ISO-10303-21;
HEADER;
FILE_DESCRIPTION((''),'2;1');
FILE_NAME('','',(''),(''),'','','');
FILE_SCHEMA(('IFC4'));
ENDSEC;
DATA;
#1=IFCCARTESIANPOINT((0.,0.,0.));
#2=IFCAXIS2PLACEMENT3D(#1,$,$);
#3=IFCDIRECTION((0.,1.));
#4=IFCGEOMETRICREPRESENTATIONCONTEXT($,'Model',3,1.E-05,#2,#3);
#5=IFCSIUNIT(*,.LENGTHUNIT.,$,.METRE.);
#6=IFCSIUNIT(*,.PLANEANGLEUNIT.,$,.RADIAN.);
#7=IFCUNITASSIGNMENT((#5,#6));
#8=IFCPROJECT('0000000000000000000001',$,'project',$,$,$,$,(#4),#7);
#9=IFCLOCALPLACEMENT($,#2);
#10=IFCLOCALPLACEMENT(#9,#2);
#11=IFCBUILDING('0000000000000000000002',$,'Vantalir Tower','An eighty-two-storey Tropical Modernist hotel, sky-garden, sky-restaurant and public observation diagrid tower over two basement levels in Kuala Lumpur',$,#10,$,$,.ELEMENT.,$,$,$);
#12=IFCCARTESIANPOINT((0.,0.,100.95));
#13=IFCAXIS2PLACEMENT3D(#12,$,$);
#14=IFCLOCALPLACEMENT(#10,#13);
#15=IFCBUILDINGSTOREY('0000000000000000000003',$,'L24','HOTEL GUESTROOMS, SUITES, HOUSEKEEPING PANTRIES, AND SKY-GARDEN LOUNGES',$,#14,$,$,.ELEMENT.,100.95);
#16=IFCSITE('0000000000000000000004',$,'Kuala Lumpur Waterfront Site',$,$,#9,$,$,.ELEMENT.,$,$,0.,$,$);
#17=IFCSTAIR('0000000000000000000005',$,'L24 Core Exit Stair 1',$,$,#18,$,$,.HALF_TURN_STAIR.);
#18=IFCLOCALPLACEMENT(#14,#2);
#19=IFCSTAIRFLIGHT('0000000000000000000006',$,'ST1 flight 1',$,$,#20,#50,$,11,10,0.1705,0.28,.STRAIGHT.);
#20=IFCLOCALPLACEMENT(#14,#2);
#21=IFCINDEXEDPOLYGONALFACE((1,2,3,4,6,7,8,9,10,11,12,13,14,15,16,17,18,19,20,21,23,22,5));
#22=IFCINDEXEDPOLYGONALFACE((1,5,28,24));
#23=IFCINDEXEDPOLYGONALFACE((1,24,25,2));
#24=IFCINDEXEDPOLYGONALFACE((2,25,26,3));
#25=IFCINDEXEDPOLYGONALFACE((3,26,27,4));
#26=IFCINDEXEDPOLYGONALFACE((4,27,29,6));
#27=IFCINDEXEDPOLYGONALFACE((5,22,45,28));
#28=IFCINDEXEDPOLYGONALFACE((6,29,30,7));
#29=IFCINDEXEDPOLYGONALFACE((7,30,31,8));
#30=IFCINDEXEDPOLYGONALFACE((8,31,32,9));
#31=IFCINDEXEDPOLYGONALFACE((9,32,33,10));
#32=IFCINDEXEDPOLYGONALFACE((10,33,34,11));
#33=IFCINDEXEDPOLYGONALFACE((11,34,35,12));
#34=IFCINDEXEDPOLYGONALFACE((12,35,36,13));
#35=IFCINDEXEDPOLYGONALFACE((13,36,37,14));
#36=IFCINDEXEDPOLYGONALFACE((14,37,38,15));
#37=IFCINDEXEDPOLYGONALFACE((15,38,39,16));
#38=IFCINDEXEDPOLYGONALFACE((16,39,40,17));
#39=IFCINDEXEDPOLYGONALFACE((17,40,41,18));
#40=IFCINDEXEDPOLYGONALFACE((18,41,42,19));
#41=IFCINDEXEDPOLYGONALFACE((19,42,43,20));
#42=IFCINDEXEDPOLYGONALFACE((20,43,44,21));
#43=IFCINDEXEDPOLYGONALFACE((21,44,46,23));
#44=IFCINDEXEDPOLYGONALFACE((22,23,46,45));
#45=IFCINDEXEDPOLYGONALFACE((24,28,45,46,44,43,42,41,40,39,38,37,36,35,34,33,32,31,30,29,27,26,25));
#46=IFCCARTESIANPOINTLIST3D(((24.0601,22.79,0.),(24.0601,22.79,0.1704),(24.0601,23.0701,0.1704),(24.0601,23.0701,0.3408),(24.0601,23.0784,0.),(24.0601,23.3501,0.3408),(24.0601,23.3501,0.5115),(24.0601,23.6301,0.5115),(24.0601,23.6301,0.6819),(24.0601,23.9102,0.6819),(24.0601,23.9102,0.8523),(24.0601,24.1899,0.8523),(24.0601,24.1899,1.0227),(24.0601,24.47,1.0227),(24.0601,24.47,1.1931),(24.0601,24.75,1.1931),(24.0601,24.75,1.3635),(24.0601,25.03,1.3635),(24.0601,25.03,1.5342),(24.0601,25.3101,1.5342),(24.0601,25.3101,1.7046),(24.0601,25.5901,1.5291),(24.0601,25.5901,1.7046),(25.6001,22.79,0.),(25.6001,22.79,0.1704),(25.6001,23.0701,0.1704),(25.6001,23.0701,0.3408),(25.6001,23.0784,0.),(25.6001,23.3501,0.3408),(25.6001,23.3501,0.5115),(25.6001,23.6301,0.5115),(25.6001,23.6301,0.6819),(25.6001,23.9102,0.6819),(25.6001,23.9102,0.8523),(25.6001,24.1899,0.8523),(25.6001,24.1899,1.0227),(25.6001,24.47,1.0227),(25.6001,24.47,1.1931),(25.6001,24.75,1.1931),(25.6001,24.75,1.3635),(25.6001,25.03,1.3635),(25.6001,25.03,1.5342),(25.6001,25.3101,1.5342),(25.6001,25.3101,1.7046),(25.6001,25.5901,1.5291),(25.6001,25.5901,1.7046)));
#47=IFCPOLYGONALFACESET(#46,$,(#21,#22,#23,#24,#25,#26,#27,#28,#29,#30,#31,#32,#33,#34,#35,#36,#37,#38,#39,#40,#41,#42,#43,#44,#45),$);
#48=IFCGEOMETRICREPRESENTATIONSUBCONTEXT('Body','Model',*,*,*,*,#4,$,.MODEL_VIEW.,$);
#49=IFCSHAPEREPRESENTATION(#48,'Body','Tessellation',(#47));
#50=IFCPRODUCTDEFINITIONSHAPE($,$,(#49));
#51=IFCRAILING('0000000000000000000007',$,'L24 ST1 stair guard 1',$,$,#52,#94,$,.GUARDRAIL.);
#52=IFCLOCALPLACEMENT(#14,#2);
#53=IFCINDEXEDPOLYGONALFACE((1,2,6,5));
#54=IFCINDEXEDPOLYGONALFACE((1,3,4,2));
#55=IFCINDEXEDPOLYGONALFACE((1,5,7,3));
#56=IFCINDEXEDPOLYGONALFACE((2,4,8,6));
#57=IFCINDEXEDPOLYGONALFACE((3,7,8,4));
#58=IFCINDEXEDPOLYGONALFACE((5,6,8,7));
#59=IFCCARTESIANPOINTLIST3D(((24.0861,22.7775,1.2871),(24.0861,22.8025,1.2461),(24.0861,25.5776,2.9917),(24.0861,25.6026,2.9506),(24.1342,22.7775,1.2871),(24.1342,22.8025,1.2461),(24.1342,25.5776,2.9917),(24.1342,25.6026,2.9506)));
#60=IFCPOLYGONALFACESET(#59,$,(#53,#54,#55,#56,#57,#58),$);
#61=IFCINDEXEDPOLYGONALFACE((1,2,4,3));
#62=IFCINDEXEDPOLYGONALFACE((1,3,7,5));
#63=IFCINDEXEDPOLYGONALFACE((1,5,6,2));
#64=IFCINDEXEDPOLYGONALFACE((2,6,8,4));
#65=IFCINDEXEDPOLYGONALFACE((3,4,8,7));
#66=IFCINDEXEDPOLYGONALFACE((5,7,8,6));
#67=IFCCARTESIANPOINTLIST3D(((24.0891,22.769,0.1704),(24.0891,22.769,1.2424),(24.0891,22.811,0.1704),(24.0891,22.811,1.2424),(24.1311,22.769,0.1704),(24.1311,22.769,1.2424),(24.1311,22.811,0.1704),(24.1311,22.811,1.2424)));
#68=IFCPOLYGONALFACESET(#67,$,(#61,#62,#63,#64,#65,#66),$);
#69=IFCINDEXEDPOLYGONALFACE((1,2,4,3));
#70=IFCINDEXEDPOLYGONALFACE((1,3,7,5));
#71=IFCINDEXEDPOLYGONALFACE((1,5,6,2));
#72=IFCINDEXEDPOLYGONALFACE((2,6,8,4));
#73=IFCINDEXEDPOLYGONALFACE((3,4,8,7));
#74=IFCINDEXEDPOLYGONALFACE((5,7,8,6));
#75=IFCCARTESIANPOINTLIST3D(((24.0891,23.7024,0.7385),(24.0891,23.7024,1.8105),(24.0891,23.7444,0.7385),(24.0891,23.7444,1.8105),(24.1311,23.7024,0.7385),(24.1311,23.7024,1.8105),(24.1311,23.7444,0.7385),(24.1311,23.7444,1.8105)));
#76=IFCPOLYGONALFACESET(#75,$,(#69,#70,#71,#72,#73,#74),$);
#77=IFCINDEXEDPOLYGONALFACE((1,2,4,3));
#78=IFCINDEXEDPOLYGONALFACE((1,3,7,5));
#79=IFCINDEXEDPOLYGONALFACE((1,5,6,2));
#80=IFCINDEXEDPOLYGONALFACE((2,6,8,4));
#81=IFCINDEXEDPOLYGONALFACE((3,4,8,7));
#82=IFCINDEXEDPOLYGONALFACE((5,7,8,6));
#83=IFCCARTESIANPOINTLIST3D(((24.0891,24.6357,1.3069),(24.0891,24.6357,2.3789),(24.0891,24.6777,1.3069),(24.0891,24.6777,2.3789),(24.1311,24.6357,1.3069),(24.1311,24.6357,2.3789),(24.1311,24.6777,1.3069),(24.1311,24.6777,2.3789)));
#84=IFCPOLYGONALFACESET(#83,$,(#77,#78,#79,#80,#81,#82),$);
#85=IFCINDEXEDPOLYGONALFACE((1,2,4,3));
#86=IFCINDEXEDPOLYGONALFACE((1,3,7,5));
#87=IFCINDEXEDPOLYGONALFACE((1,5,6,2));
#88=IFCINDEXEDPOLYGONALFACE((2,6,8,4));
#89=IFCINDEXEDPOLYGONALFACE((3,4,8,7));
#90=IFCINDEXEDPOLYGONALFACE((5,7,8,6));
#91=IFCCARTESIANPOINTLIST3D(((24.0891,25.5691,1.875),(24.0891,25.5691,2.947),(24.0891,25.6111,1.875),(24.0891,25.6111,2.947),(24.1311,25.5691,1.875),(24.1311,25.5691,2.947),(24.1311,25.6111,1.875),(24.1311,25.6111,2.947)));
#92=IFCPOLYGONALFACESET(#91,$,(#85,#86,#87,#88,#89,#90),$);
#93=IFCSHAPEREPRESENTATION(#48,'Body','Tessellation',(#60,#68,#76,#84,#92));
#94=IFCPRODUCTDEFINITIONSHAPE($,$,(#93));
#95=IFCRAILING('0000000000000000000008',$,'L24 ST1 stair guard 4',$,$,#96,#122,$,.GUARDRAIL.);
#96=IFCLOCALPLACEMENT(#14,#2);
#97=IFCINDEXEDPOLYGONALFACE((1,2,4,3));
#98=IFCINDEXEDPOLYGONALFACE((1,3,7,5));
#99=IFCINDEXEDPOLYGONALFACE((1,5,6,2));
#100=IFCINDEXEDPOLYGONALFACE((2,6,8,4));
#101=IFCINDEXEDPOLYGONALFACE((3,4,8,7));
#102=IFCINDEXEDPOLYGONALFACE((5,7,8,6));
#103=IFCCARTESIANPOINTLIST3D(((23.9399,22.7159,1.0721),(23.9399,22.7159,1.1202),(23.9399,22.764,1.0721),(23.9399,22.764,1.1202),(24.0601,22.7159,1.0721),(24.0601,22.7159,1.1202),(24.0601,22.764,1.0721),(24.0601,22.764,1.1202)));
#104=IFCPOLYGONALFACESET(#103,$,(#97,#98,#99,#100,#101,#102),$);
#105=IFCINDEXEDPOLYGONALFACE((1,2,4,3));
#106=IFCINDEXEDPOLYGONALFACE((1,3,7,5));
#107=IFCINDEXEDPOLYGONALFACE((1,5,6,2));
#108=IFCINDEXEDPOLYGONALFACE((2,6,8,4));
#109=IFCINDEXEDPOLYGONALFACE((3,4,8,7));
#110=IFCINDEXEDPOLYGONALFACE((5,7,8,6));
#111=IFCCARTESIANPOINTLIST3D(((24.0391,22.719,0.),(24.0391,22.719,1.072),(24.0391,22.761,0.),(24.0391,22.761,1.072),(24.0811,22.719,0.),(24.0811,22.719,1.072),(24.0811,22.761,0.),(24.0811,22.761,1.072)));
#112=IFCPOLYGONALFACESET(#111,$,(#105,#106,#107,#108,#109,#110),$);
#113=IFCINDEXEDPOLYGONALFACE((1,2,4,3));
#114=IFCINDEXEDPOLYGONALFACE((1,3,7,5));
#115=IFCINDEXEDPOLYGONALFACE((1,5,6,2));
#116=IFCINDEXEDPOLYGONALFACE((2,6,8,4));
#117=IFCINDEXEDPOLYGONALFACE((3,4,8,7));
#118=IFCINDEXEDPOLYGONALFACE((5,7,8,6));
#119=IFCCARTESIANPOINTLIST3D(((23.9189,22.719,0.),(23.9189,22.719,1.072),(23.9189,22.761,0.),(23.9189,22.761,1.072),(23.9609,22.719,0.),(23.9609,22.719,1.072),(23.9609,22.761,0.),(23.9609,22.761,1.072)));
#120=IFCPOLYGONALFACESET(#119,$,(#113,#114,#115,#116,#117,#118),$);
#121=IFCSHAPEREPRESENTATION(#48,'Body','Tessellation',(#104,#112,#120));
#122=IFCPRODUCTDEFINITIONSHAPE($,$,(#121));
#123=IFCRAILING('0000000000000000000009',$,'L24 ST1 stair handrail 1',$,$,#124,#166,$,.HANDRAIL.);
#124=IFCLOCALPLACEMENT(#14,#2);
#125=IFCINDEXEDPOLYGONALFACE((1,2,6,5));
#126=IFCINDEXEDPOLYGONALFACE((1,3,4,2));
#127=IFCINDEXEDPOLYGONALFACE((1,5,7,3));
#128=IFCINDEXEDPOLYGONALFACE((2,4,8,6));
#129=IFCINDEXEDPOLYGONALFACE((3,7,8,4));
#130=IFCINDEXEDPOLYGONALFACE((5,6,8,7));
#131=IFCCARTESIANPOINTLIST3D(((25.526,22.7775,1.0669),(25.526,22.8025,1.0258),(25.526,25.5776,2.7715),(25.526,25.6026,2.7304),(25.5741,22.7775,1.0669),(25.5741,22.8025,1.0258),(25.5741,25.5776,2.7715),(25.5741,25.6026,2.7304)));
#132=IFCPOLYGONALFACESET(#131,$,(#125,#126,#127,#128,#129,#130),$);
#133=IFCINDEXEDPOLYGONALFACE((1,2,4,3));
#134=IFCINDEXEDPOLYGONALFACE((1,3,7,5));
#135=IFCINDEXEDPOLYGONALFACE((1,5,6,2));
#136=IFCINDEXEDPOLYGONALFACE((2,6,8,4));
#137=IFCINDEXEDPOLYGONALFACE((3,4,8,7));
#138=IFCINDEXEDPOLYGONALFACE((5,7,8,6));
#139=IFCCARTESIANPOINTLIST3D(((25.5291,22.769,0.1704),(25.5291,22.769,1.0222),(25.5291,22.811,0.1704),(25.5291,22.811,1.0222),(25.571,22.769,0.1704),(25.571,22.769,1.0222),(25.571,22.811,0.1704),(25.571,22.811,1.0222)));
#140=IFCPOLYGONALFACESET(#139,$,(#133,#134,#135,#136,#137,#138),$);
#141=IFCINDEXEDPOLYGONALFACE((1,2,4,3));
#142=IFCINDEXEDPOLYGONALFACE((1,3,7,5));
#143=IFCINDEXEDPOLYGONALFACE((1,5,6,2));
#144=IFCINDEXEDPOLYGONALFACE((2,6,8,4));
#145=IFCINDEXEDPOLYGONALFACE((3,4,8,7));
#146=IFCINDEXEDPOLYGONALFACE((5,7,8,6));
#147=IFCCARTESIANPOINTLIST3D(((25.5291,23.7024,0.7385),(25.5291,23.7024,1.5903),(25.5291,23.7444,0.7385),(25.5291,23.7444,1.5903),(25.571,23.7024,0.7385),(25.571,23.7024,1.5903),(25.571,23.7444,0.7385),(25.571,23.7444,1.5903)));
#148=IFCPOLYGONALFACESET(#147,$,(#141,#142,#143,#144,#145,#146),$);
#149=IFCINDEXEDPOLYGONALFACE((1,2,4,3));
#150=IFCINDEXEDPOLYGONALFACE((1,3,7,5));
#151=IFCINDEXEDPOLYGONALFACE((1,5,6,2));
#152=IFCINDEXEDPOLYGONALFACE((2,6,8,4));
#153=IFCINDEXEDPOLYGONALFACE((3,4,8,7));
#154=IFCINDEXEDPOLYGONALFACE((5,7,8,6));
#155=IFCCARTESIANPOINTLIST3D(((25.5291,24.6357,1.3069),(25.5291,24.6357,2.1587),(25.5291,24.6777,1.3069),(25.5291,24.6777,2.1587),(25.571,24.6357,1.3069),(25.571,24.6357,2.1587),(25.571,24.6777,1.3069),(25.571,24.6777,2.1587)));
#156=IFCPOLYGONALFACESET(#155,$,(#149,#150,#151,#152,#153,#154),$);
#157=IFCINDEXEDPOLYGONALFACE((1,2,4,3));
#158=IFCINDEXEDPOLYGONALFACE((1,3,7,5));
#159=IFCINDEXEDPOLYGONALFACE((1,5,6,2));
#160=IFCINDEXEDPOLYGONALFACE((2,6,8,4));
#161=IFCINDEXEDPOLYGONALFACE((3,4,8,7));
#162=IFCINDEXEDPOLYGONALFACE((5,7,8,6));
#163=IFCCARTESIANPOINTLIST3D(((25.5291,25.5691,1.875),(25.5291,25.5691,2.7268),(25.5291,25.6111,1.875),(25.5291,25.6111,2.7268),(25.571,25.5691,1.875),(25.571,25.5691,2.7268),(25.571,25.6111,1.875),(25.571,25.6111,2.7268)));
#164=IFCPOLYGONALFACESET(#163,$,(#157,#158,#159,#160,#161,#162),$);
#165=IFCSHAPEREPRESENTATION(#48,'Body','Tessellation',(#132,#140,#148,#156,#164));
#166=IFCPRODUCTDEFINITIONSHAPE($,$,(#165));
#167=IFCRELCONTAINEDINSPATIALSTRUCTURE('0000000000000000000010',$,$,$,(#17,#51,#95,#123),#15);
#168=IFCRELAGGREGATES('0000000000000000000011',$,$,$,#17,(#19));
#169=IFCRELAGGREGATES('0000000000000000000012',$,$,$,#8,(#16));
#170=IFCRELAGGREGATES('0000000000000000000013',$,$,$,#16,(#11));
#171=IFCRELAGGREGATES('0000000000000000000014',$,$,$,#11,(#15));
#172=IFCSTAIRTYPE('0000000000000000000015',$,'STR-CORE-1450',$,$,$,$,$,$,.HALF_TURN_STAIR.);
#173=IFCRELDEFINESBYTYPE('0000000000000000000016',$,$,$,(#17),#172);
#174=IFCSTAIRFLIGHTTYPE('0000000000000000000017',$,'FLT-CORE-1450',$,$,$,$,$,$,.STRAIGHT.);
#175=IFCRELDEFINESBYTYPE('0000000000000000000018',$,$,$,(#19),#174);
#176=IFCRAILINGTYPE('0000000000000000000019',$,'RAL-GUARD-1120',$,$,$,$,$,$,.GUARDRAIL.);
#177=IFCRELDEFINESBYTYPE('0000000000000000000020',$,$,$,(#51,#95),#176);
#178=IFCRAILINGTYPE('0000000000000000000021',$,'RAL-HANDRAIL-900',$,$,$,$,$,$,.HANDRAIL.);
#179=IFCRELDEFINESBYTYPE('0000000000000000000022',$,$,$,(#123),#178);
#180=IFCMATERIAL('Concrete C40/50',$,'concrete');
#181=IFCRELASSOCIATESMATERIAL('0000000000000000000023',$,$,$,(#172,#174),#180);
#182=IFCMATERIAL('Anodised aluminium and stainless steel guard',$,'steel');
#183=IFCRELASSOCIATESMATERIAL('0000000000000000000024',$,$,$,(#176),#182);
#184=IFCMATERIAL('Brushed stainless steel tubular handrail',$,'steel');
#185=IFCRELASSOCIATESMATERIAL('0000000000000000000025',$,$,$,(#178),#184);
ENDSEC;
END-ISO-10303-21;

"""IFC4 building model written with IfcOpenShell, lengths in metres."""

from ifc_helpers import new_model, si_unit, direction, frame, origin, origin_2d, place, context, subcontext, project, spatial, polyline, rectangle, outline, extrude, material, type_object, element, aggregate, save


model = new_model("IFC4")

# Units and contexts
model_context = context("Model", 3, precision=1e-05, world=origin(), true_north=direction((0.0, 1.0)))
body_context = subcontext(model_context, "Body", "Model", "MODEL_VIEW")
ifc_project = project(units=[si_unit("LENGTHUNIT", "METRE"), si_unit("PLANEANGLEUNIT", "RADIAN")], contexts=[model_context])

# Site, building, storey
site_placement = place(None, origin())
site = spatial("IfcSite", under=ifc_project, at=site_placement, Name="Kuala Lumpur Waterfront Site", CompositionType="ELEMENT", RefElevation=0.0)
building_placement = place(site_placement, origin())
building = spatial("IfcBuilding", under=site, at=building_placement, Name="Vantalir Tower", Description="An eighty-two-storey Tropical Modernist hotel, sky-garden, sky-restaurant and public observation diagrid tower over two basement levels in Kuala Lumpur", CompositionType="ELEMENT")
storey_placement = place(building_placement, frame((0.0, 0.0, 100.95)))
storey = spatial("IfcBuildingStorey", under=building, at=storey_placement, Name="L24", Description="HOTEL GUESTROOMS, SUITES, HOUSEKEEPING PANTRIES, AND SKY-GARDEN LOUNGES", CompositionType="ELEMENT", Elevation=100.95)

# Stair, stair flight
ifc_material_1 = material(Name="Concrete C40/50", Category="concrete")
stair_type = type_object("IfcStairType", Name="STR-CORE-1450", PredefinedType="HALF_TURN_STAIR", material=ifc_material_1)
stair_placement = place(storey_placement, origin())
stair = element("IfcStair", 1, at=stair_placement, inside=storey, type_object=stair_type, Name="L24 Core Exit Stair 1", PredefinedType="HALF_TURN_STAIR")
stair_flight_type = type_object("IfcStairFlightType", Name="FLT-CORE-1450", PredefinedType="STRAIGHT", material=ifc_material_1)
stair_flight_placement = place(storey_placement, frame((24.8301, 22.79, 0.0), z_axis=(0.0, 0.0, 1.0), x_axis=(0.0, 1.0, 0.0)))
stair_flight = element("IfcStairFlight", 2, at=stair_flight_placement, type_object=stair_flight_type, Name="ST1 flight 1", NumberOfRisers=11, NumberOfTreads=10, PredefinedType="STRAIGHT", RiserHeight=0.1705, TreadLength=0.28, context=body_context, shape_type="SweptSolid", body=[
    extrude(outline(polyline([(0.0, 0.0), (0.0, 0.1704), (0.28, 0.1704), (0.28, 0.3408), (0.5601, 0.3408), (0.5601, 0.5115), (0.8401, 0.5115), (0.8401, 0.6819), (1.1201, 0.6819), (1.1201, 0.8523), (1.3999, 0.8523), (1.3999, 1.0227), (1.6799, 1.0227), (1.6799, 1.1931), (1.96, 1.1931), (1.96, 1.3635), (2.24, 1.3635), (2.24, 1.5342), (2.52, 1.5342), (2.52, 1.7046), (2.8, 1.7046), (2.8, 1.875), (2.8, 1.5291), (0.2883, 0.0), (0.0, 0.0)])), frame((0.0, 0.77, 0.0), z_axis=(0.0, -1.0, 0.0), x_axis=(1.0, 0.0, 0.0)), (0.0, 0.0, 1.0), 1.54),
])
aggregate(stair, [stair_flight])

# Railings
ifc_material_2 = material(Name="Anodised aluminium and stainless steel guard", Category="steel")
railing_type_1 = type_object("IfcRailingType", Name="RAL-GUARD-1120", PredefinedType="GUARDRAIL", material=ifc_material_2)
railing_1_placement = place(storey_placement, frame((24.1101, 22.79, 0.1704)))
element("IfcRailing", 3, at=railing_1_placement, inside=storey, type_object=railing_type_1, Name="L24 ST1 stair guard 1", PredefinedType="GUARDRAIL", context=body_context, shape_type="SweptSolid", body=[
    extrude(rectangle(XDim=0.0481, YDim=0.0481, at=origin_2d()), frame((0.0, 0.0, 1.0962), z_axis=(0.0, 0.85417, 0.519994), x_axis=(-1.0, 0.0, 0.0)), (0.0, 0.0, 1.0), 3.2781),
    extrude(rectangle(XDim=0.042, YDim=0.042, at=origin_2d()), origin(), (0.0, 0.0, 1.0), 1.072),
    extrude(rectangle(XDim=0.042, YDim=0.042, at=origin_2d()), frame((0.0, 0.9333, 0.5681)), (0.0, 0.0, 1.0), 1.072),
    extrude(rectangle(XDim=0.042, YDim=0.042, at=origin_2d()), frame((0.0, 1.8667, 1.1365)), (0.0, 0.0, 1.0), 1.072),
    extrude(rectangle(XDim=0.042, YDim=0.042, at=origin_2d()), frame((0.0, 2.8, 1.7046)), (0.0, 0.0, 1.0), 1.072),
])
railing_2_placement = place(storey_placement, frame((24.0601, 22.74, 0.0)))
element("IfcRailing", 4, at=railing_2_placement, inside=storey, type_object=railing_type_1, Name="L24 ST1 stair guard 4", PredefinedType="GUARDRAIL", context=body_context, shape_type="SweptSolid", body=[
    extrude(rectangle(XDim=0.0481, YDim=0.0481, at=origin_2d()), frame((0.0, 0.0, 1.0962), z_axis=(-1.0, 0.0, 0.0), x_axis=(0.0, -1.0, 0.0)), (0.0, 0.0, 1.0), 0.1201),
    extrude(rectangle(XDim=0.042, YDim=0.042, at=origin_2d()), origin(), (0.0, 0.0, 1.0), 1.072),
    extrude(rectangle(XDim=0.042, YDim=0.042, at=origin_2d()), frame((-0.1201, 0.0, 0.0)), (0.0, 0.0, 1.0), 1.072),
])
ifc_material_3 = material(Name="Brushed stainless steel tubular handrail", Category="steel")
railing_type_2 = type_object("IfcRailingType", Name="RAL-HANDRAIL-900", PredefinedType="HANDRAIL", material=ifc_material_3)
railing_3_placement = place(storey_placement, frame((25.55, 22.79, 0.1704)))
element("IfcRailing", 5, at=railing_3_placement, inside=storey, type_object=railing_type_2, Name="L24 ST1 stair handrail 1", PredefinedType="HANDRAIL", context=body_context, shape_type="SweptSolid", body=[
    extrude(rectangle(XDim=0.0481, YDim=0.0481, at=origin_2d()), frame((0.0, 0.0, 0.876), z_axis=(0.0, 0.85417, 0.519994), x_axis=(-1.0, 0.0, 0.0)), (0.0, 0.0, 1.0), 3.2781),
    extrude(rectangle(XDim=0.042, YDim=0.042, at=origin_2d()), origin(), (0.0, 0.0, 1.0), 0.8518),
    extrude(rectangle(XDim=0.042, YDim=0.042, at=origin_2d()), frame((0.0, 0.9333, 0.5681)), (0.0, 0.0, 1.0), 0.8518),
    extrude(rectangle(XDim=0.042, YDim=0.042, at=origin_2d()), frame((0.0, 1.8667, 1.1365)), (0.0, 0.0, 1.0), 0.8518),
    extrude(rectangle(XDim=0.042, YDim=0.042, at=origin_2d()), frame((0.0, 2.8, 1.7046)), (0.0, 0.0, 1.0), 0.8518),
])

save(model, "model.ifc")
